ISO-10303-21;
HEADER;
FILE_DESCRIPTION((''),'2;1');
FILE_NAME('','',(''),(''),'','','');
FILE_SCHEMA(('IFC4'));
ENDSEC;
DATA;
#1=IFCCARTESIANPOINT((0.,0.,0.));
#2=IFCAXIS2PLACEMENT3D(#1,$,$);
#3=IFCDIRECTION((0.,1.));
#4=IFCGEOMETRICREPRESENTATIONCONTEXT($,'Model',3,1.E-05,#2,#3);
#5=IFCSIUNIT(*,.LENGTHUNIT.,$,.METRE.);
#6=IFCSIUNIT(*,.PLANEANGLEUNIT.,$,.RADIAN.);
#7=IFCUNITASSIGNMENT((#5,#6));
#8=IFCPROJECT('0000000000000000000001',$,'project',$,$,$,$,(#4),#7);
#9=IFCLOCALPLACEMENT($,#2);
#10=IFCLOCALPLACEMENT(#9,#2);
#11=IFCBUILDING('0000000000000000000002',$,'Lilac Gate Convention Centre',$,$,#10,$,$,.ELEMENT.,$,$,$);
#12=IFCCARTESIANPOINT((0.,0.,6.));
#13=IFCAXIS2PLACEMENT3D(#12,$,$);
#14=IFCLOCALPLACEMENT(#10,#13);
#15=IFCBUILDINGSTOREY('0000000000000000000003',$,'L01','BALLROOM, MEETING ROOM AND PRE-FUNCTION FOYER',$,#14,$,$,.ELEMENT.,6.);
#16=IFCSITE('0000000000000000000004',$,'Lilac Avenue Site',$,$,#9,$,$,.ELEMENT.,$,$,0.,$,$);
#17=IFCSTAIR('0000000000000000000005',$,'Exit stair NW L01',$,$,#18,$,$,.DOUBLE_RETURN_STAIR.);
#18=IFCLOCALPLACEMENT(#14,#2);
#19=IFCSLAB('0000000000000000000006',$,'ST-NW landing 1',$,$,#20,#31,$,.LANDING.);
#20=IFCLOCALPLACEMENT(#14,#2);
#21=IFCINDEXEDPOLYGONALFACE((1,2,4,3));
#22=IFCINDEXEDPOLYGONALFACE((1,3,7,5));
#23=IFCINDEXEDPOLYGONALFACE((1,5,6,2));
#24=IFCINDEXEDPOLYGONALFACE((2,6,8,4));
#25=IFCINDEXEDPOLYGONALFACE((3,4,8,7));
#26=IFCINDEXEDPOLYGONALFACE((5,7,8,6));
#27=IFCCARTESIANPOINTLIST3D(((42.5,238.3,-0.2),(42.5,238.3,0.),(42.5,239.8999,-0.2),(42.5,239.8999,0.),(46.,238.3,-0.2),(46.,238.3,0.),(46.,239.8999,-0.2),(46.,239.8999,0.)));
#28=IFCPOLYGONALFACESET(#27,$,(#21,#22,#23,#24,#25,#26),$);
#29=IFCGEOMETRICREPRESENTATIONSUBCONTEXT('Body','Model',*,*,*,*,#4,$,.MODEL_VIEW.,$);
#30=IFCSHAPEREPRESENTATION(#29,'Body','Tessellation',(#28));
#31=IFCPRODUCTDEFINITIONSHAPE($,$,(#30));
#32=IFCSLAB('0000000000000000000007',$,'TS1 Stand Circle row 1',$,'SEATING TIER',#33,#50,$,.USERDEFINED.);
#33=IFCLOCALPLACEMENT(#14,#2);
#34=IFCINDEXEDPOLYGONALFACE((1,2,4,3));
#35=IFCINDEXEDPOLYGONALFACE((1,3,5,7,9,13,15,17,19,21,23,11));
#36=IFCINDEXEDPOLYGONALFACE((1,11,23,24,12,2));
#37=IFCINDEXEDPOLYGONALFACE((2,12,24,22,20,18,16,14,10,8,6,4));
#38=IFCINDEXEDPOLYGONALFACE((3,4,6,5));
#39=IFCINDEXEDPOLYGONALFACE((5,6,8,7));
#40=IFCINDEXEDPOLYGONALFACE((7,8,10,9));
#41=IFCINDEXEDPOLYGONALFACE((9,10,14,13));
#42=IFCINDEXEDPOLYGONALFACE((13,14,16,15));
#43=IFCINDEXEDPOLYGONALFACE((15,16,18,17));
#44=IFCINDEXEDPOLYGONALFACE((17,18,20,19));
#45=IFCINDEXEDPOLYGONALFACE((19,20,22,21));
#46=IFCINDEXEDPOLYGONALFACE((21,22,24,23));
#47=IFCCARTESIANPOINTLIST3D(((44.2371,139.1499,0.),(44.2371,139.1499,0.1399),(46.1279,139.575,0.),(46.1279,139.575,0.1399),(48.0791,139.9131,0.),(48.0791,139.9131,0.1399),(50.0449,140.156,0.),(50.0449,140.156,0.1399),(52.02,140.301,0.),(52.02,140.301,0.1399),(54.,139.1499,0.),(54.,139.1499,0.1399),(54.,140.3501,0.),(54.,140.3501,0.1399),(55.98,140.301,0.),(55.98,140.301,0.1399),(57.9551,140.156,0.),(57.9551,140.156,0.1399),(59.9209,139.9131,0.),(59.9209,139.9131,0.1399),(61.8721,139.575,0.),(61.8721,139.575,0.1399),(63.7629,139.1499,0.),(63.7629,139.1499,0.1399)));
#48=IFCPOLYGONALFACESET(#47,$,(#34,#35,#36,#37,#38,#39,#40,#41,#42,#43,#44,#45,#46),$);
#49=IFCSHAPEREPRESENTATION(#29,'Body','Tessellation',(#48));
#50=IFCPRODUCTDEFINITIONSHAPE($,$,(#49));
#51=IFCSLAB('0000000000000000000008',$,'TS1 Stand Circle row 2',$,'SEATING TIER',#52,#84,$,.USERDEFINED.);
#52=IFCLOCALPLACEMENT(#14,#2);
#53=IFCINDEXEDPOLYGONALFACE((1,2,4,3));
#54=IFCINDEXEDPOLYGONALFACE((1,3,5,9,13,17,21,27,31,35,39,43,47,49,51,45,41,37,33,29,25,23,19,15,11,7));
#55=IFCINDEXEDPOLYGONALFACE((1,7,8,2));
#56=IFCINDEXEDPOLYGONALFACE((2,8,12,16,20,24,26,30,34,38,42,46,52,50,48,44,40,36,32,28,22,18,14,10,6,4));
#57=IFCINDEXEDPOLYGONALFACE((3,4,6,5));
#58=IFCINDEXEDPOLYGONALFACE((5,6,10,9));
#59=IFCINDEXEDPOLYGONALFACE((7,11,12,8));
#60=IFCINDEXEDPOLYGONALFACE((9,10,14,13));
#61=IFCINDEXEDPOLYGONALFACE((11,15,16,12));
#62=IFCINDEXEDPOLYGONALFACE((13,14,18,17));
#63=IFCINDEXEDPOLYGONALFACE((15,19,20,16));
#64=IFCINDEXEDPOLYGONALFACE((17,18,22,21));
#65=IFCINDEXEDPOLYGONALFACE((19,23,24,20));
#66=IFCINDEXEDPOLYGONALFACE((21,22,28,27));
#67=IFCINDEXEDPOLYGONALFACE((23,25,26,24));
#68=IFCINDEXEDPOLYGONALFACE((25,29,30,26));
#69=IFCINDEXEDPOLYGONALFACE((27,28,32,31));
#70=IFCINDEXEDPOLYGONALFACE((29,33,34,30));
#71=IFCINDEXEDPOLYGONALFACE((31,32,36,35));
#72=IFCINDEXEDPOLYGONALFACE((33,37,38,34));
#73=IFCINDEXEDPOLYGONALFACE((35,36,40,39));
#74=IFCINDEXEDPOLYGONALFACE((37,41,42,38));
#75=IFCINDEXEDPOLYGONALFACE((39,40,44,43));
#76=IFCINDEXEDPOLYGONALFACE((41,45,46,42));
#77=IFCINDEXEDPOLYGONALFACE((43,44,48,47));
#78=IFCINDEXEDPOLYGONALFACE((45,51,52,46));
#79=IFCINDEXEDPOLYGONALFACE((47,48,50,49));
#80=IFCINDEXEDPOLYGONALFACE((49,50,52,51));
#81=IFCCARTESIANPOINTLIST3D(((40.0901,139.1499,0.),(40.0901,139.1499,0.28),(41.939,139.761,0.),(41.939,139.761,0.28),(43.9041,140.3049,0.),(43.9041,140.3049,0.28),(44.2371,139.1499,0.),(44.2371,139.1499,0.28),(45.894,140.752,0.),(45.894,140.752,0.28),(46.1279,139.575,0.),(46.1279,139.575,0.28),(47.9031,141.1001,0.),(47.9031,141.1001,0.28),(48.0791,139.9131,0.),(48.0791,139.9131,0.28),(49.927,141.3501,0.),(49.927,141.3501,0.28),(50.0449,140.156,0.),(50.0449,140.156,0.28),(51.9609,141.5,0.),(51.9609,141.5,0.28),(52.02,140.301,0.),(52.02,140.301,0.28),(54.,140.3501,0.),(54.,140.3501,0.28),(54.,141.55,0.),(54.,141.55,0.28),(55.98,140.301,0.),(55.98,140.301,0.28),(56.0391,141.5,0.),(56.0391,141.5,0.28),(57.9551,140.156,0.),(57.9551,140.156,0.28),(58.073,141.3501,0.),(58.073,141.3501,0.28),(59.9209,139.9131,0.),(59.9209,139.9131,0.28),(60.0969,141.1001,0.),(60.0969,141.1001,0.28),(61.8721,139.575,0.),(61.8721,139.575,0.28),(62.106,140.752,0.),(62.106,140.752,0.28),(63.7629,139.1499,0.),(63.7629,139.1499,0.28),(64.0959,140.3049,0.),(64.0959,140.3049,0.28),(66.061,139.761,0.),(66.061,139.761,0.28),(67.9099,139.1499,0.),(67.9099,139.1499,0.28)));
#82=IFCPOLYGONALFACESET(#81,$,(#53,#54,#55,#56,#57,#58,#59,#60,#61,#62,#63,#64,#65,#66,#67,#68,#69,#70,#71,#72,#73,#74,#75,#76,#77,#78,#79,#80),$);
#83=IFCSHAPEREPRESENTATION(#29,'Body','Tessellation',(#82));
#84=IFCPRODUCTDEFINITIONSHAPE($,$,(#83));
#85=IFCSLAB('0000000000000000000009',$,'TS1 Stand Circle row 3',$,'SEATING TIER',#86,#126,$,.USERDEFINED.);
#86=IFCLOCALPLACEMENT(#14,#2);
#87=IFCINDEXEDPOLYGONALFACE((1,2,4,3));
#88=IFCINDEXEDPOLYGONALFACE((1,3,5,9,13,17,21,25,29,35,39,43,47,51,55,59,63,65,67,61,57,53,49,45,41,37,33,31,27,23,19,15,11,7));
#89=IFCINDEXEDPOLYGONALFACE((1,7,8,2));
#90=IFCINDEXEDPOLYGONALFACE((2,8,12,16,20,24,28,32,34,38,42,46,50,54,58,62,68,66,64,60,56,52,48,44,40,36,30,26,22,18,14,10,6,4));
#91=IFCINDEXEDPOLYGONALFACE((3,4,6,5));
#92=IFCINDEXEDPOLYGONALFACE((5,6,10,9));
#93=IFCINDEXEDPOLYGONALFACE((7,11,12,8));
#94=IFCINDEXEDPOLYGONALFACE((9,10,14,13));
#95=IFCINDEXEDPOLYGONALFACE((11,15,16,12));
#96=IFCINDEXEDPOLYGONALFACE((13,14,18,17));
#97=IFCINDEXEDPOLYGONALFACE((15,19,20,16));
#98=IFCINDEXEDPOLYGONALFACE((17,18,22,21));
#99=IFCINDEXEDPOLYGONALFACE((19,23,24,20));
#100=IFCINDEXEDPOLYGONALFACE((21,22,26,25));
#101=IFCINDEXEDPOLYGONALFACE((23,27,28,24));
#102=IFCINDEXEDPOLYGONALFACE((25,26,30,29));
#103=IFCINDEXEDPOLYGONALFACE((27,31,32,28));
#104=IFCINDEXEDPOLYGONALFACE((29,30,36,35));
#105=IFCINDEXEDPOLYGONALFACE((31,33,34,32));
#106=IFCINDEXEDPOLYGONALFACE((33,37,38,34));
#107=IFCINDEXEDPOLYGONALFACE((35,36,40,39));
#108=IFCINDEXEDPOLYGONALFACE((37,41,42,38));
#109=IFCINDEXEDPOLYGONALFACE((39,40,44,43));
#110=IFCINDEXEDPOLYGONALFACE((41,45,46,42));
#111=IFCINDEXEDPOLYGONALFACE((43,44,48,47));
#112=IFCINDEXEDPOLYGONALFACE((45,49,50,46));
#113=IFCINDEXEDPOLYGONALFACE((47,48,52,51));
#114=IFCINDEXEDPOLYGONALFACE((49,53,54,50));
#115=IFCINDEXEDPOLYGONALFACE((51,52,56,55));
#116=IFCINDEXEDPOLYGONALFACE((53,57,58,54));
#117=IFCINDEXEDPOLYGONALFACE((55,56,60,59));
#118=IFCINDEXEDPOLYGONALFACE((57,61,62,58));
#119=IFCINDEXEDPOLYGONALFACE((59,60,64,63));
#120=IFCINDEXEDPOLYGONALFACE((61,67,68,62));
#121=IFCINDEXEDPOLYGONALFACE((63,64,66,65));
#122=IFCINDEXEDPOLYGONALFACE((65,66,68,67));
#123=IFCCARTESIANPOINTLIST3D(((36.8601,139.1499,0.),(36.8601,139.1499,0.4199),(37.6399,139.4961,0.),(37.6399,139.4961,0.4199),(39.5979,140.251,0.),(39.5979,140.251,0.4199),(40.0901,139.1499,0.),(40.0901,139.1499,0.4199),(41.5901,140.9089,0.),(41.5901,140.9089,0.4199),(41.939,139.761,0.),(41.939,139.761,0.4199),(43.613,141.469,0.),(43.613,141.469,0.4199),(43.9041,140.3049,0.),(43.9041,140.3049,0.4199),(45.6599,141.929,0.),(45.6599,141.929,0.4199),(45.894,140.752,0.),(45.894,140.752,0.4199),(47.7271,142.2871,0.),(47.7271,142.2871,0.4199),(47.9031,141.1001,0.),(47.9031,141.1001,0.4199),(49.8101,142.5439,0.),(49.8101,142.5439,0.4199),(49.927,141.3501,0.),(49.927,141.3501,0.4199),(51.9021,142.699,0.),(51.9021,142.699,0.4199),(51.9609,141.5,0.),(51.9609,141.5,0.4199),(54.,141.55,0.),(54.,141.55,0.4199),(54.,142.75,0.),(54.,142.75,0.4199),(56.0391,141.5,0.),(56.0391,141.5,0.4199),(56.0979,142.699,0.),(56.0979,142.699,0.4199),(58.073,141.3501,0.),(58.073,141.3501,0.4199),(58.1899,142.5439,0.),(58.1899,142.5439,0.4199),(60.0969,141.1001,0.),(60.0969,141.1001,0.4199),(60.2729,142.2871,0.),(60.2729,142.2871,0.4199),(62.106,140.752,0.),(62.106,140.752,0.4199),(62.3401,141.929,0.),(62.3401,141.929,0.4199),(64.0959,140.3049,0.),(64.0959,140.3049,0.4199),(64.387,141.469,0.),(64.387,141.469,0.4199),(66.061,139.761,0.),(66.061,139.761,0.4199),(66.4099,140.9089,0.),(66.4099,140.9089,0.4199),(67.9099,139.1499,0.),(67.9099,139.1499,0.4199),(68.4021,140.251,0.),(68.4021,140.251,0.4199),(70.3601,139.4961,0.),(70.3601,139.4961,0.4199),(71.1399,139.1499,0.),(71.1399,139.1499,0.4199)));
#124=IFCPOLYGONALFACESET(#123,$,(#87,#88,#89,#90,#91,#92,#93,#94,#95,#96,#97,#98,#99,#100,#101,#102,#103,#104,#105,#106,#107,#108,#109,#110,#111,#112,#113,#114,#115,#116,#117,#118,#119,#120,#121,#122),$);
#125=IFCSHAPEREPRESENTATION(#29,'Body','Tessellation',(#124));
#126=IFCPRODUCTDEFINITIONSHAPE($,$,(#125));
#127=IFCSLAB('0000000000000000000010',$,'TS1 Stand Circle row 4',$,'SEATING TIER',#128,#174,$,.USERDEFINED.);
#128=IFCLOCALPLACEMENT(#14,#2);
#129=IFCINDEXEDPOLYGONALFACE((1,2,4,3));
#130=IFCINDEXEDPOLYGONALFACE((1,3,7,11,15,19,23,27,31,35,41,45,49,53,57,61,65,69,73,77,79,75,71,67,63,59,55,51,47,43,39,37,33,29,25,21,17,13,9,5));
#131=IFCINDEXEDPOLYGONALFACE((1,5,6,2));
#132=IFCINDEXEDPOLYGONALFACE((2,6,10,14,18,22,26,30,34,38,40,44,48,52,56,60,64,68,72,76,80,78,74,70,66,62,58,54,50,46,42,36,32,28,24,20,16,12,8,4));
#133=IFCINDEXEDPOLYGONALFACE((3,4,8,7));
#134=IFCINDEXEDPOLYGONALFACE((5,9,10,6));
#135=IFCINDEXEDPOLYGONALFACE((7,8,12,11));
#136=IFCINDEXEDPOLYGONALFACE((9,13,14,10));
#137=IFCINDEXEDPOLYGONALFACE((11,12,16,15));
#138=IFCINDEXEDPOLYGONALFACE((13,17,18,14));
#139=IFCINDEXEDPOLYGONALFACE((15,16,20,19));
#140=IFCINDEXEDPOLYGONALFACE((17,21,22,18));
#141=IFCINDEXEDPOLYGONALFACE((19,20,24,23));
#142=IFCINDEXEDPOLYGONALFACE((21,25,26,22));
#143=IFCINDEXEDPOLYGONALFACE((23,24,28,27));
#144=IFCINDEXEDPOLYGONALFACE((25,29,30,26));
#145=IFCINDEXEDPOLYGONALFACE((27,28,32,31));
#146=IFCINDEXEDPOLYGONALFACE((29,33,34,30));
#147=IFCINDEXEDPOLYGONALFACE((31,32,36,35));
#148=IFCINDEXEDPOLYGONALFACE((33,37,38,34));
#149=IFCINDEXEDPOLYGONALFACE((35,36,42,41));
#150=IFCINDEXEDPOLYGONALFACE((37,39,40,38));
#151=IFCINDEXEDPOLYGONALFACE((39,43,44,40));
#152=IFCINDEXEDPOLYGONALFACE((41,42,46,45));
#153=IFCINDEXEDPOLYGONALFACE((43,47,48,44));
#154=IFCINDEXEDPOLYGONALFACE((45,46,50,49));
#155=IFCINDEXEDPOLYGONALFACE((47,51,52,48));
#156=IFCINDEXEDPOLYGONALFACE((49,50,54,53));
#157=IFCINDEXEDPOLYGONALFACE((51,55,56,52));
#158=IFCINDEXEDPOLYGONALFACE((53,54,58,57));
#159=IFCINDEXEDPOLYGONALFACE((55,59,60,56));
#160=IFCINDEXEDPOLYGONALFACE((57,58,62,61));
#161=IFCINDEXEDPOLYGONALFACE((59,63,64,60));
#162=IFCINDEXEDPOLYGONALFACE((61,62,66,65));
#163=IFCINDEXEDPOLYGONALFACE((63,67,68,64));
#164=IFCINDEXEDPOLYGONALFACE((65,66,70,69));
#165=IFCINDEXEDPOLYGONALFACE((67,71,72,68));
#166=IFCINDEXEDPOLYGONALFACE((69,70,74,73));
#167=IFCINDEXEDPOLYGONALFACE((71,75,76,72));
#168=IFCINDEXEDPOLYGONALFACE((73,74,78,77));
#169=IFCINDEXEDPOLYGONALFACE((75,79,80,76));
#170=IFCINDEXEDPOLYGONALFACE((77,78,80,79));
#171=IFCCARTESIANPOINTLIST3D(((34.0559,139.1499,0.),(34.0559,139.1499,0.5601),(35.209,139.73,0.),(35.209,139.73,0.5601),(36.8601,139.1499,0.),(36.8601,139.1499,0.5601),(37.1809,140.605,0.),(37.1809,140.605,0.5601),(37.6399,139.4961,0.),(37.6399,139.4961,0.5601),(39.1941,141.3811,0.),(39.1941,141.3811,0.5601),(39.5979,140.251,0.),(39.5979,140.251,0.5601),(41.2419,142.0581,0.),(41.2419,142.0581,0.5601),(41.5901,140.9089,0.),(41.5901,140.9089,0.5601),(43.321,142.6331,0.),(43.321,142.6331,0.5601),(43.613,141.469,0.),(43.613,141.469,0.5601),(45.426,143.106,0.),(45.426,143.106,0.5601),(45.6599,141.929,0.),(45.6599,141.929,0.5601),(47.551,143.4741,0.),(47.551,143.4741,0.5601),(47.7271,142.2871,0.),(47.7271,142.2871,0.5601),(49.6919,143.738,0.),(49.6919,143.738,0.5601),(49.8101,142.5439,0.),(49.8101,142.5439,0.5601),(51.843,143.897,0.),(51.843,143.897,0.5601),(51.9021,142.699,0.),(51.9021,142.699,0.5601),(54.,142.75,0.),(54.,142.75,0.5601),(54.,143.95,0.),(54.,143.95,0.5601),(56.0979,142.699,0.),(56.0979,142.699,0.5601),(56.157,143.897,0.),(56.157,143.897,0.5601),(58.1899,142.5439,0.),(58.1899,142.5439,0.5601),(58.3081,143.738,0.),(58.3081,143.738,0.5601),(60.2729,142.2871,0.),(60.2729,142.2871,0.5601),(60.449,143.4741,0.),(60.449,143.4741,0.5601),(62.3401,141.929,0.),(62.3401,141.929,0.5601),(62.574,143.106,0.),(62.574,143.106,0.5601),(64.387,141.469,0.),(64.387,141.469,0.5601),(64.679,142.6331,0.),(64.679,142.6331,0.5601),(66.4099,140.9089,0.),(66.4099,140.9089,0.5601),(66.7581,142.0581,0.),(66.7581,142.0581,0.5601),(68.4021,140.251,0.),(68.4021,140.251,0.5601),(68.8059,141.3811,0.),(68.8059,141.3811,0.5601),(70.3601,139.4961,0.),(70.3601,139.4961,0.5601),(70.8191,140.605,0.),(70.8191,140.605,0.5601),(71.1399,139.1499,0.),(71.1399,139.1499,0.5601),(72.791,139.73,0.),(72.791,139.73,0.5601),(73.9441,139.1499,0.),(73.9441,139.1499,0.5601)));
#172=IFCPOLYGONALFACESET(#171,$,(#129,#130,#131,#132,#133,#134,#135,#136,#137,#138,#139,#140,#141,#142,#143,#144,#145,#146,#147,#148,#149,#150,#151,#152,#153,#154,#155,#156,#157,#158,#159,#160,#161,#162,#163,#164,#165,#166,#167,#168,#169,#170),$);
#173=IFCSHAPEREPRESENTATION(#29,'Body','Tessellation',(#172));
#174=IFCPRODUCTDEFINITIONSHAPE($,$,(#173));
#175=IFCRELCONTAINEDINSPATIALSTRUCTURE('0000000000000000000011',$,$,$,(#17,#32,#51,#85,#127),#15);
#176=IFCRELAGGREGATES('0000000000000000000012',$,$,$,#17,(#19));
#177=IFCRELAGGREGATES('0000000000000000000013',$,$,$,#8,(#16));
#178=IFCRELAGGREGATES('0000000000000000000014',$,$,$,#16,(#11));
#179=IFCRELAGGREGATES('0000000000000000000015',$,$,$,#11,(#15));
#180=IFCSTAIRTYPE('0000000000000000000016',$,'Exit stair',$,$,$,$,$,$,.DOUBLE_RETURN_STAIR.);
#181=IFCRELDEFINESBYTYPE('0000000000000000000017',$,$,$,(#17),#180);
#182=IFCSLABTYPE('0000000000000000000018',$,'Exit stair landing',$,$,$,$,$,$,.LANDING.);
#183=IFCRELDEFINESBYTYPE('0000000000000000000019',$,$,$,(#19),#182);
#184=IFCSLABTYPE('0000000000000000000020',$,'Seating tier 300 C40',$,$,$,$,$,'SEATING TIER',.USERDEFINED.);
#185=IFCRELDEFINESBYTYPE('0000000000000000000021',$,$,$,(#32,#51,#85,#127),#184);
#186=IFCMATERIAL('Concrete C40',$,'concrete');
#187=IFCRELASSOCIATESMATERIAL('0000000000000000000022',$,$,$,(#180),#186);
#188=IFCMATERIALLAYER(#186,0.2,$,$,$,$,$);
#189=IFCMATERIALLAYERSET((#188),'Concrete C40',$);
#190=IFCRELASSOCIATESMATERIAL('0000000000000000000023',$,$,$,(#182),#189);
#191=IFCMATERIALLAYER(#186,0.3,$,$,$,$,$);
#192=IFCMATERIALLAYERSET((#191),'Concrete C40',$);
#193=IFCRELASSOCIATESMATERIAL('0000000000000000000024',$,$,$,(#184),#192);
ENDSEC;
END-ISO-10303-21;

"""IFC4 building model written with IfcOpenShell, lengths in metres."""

from ifc_helpers import new_model, si_unit, direction, frame, origin, place, context, subcontext, project, spatial, polyline, outline, extrude, material, layer, layer_set, type_object, element, aggregate, save


model = new_model("IFC4")

# Units and contexts
model_context = context("Model", 3, precision=1e-05, world=origin(), true_north=direction((0.0, 1.0)))
body_context = subcontext(model_context, "Body", "Model", "MODEL_VIEW")
ifc_project = project(units=[si_unit("LENGTHUNIT", "METRE"), si_unit("PLANEANGLEUNIT", "RADIAN")], contexts=[model_context])

# Site, building, storey
site_placement = place(None, origin())
site = spatial("IfcSite", under=ifc_project, at=site_placement, Name="Lilac Avenue Site", CompositionType="ELEMENT", RefElevation=0.0)
building_placement = place(site_placement, origin())
building = spatial("IfcBuilding", under=site, at=building_placement, Name="Lilac Gate Convention Centre", CompositionType="ELEMENT")
storey_placement = place(building_placement, frame((0.0, 0.0, 6.0)))
storey = spatial("IfcBuildingStorey", under=building, at=storey_placement, Name="L01", Description="BALLROOM, MEETING ROOM AND PRE-FUNCTION FOYER", CompositionType="ELEMENT", Elevation=6.0)

# Stair, slab
ifc_material = material(Name="Concrete C40", Category="concrete")
stair_type_1 = type_object("IfcStairType", Name="Exit stair", PredefinedType="DOUBLE_RETURN_STAIR", material=ifc_material)
stair_1_placement = place(storey_placement, origin())
stair_1 = element("IfcStair", 1, at=stair_1_placement, inside=storey, type_object=stair_type_1, Name="Exit stair NW L01", PredefinedType="DOUBLE_RETURN_STAIR")
ifc_layer_1 = layer(ifc_material, 0.2)
ifc_layer_set_1 = layer_set([ifc_layer_1], Name="Concrete C40")
slab_type_1 = type_object("IfcSlabType", Name="Exit stair landing", PredefinedType="LANDING", material=ifc_layer_set_1)
slab_1_placement = place(storey_placement, frame((0.0, 0.0, -0.2)))
slab_1 = element("IfcSlab", 2, at=slab_1_placement, type_object=slab_type_1, Name="ST-NW landing 1", PredefinedType="LANDING", context=body_context, shape_type="SweptSolid", body=[
    extrude(outline(polyline([(42.5, 238.3), (46.0, 238.3), (46.0, 239.8999), (42.5, 239.8999), (42.5, 238.3)])), origin(), (0.0, 0.0, 1.0), 0.2),
])
aggregate(stair_1, [slab_1])

# Slabs
ifc_layer_2 = layer(ifc_material, 0.3)
ifc_layer_set_2 = layer_set([ifc_layer_2], Name="Concrete C40")
slab_type_2 = type_object("IfcSlabType", Name="Seating tier 300 C40", ElementType="SEATING TIER", PredefinedType="USERDEFINED", material=ifc_layer_set_2)
slab_2_placement = place(storey_placement, origin())
element("IfcSlab", 3, at=slab_2_placement, inside=storey, type_object=slab_type_2, Name="TS1 Stand Circle row 1", ObjectType="SEATING TIER", PredefinedType="USERDEFINED", context=body_context, shape_type="SweptSolid", body=[
    extrude(outline(polyline([(46.1279, 139.575), (48.0791, 139.9131), (50.0449, 140.156), (52.02, 140.301), (54.0, 140.3501), (55.98, 140.301), (57.9551, 140.156), (59.9209, 139.9131), (61.8721, 139.575), (63.7629, 139.1499), (54.0, 139.1499), (44.2371, 139.1499), (46.1279, 139.575)])), origin(), (0.0, 0.0, 1.0), 0.1399),
])
slab_3_placement = place(storey_placement, origin())
element("IfcSlab", 4, at=slab_3_placement, inside=storey, type_object=slab_type_2, Name="TS1 Stand Circle row 2", ObjectType="SEATING TIER", PredefinedType="USERDEFINED", context=body_context, shape_type="SweptSolid", body=[
    extrude(outline(polyline([(41.939, 139.761), (43.9041, 140.3049), (45.894, 140.752), (47.9031, 141.1001), (49.927, 141.3501), (51.9609, 141.5), (54.0, 141.55), (56.0391, 141.5), (58.073, 141.3501), (60.0969, 141.1001), (62.106, 140.752), (64.0959, 140.3049), (66.061, 139.761), (67.9099, 139.1499), (63.7629, 139.1499), (61.8721, 139.575), (59.9209, 139.9131), (57.9551, 140.156), (55.98, 140.301), (54.0, 140.3501), (52.02, 140.301), (50.0449, 140.156), (48.0791, 139.9131), (46.1279, 139.575), (44.2371, 139.1499), (40.0901, 139.1499), (41.939, 139.761)])), origin(), (0.0, 0.0, 1.0), 0.28),
])
slab_4_placement = place(storey_placement, origin())
element("IfcSlab", 5, at=slab_4_placement, inside=storey, type_object=slab_type_2, Name="TS1 Stand Circle row 3", ObjectType="SEATING TIER", PredefinedType="USERDEFINED", context=body_context, shape_type="SweptSolid", body=[
    extrude(outline(polyline([(37.6399, 139.4961), (39.5979, 140.251), (41.5901, 140.9089), (43.613, 141.469), (45.6599, 141.929), (47.7271, 142.2871), (49.8101, 142.5439), (51.9021, 142.699), (54.0, 142.75), (56.0979, 142.699), (58.1899, 142.5439), (60.2729, 142.2871), (62.3401, 141.929), (64.387, 141.469), (66.4099, 140.9089), (68.4021, 140.251), (70.3601, 139.4961), (71.1399, 139.1499), (67.9099, 139.1499), (66.061, 139.761), (64.0959, 140.3049), (62.106, 140.752), (60.0969, 141.1001), (58.073, 141.3501), (56.0391, 141.5), (54.0, 141.55), (51.9609, 141.5), (49.927, 141.3501), (47.9031, 141.1001), (45.894, 140.752), (43.9041, 140.3049), (41.939, 139.761), (40.0901, 139.1499), (36.8601, 139.1499), (37.6399, 139.4961)])), origin(), (0.0, 0.0, 1.0), 0.4199),
])
slab_5_placement = place(storey_placement, origin())
element("IfcSlab", 6, at=slab_5_placement, inside=storey, type_object=slab_type_2, Name="TS1 Stand Circle row 4", ObjectType="SEATING TIER", PredefinedType="USERDEFINED", context=body_context, shape_type="SweptSolid", body=[
    extrude(outline(polyline([(35.209, 139.73), (37.1809, 140.605), (39.1941, 141.3811), (41.2419, 142.0581), (43.321, 142.6331), (45.426, 143.106), (47.551, 143.4741), (49.6919, 143.738), (51.843, 143.897), (54.0, 143.95), (56.157, 143.897), (58.3081, 143.738), (60.449, 143.4741), (62.574, 143.106), (64.679, 142.6331), (66.7581, 142.0581), (68.8059, 141.3811), (70.8191, 140.605), (72.791, 139.73), (73.9441, 139.1499), (71.1399, 139.1499), (70.3601, 139.4961), (68.4021, 140.251), (66.4099, 140.9089), (64.387, 141.469), (62.3401, 141.929), (60.2729, 142.2871), (58.1899, 142.5439), (56.0979, 142.699), (54.0, 142.75), (51.9021, 142.699), (49.8101, 142.5439), (47.7271, 142.2871), (45.6599, 141.929), (43.613, 141.469), (41.5901, 140.9089), (39.5979, 140.251), (37.6399, 139.4961), (36.8601, 139.1499), (34.0559, 139.1499), (35.209, 139.73)])), origin(), (0.0, 0.0, 1.0), 0.5601),
])

save(model, "model.ifc")
